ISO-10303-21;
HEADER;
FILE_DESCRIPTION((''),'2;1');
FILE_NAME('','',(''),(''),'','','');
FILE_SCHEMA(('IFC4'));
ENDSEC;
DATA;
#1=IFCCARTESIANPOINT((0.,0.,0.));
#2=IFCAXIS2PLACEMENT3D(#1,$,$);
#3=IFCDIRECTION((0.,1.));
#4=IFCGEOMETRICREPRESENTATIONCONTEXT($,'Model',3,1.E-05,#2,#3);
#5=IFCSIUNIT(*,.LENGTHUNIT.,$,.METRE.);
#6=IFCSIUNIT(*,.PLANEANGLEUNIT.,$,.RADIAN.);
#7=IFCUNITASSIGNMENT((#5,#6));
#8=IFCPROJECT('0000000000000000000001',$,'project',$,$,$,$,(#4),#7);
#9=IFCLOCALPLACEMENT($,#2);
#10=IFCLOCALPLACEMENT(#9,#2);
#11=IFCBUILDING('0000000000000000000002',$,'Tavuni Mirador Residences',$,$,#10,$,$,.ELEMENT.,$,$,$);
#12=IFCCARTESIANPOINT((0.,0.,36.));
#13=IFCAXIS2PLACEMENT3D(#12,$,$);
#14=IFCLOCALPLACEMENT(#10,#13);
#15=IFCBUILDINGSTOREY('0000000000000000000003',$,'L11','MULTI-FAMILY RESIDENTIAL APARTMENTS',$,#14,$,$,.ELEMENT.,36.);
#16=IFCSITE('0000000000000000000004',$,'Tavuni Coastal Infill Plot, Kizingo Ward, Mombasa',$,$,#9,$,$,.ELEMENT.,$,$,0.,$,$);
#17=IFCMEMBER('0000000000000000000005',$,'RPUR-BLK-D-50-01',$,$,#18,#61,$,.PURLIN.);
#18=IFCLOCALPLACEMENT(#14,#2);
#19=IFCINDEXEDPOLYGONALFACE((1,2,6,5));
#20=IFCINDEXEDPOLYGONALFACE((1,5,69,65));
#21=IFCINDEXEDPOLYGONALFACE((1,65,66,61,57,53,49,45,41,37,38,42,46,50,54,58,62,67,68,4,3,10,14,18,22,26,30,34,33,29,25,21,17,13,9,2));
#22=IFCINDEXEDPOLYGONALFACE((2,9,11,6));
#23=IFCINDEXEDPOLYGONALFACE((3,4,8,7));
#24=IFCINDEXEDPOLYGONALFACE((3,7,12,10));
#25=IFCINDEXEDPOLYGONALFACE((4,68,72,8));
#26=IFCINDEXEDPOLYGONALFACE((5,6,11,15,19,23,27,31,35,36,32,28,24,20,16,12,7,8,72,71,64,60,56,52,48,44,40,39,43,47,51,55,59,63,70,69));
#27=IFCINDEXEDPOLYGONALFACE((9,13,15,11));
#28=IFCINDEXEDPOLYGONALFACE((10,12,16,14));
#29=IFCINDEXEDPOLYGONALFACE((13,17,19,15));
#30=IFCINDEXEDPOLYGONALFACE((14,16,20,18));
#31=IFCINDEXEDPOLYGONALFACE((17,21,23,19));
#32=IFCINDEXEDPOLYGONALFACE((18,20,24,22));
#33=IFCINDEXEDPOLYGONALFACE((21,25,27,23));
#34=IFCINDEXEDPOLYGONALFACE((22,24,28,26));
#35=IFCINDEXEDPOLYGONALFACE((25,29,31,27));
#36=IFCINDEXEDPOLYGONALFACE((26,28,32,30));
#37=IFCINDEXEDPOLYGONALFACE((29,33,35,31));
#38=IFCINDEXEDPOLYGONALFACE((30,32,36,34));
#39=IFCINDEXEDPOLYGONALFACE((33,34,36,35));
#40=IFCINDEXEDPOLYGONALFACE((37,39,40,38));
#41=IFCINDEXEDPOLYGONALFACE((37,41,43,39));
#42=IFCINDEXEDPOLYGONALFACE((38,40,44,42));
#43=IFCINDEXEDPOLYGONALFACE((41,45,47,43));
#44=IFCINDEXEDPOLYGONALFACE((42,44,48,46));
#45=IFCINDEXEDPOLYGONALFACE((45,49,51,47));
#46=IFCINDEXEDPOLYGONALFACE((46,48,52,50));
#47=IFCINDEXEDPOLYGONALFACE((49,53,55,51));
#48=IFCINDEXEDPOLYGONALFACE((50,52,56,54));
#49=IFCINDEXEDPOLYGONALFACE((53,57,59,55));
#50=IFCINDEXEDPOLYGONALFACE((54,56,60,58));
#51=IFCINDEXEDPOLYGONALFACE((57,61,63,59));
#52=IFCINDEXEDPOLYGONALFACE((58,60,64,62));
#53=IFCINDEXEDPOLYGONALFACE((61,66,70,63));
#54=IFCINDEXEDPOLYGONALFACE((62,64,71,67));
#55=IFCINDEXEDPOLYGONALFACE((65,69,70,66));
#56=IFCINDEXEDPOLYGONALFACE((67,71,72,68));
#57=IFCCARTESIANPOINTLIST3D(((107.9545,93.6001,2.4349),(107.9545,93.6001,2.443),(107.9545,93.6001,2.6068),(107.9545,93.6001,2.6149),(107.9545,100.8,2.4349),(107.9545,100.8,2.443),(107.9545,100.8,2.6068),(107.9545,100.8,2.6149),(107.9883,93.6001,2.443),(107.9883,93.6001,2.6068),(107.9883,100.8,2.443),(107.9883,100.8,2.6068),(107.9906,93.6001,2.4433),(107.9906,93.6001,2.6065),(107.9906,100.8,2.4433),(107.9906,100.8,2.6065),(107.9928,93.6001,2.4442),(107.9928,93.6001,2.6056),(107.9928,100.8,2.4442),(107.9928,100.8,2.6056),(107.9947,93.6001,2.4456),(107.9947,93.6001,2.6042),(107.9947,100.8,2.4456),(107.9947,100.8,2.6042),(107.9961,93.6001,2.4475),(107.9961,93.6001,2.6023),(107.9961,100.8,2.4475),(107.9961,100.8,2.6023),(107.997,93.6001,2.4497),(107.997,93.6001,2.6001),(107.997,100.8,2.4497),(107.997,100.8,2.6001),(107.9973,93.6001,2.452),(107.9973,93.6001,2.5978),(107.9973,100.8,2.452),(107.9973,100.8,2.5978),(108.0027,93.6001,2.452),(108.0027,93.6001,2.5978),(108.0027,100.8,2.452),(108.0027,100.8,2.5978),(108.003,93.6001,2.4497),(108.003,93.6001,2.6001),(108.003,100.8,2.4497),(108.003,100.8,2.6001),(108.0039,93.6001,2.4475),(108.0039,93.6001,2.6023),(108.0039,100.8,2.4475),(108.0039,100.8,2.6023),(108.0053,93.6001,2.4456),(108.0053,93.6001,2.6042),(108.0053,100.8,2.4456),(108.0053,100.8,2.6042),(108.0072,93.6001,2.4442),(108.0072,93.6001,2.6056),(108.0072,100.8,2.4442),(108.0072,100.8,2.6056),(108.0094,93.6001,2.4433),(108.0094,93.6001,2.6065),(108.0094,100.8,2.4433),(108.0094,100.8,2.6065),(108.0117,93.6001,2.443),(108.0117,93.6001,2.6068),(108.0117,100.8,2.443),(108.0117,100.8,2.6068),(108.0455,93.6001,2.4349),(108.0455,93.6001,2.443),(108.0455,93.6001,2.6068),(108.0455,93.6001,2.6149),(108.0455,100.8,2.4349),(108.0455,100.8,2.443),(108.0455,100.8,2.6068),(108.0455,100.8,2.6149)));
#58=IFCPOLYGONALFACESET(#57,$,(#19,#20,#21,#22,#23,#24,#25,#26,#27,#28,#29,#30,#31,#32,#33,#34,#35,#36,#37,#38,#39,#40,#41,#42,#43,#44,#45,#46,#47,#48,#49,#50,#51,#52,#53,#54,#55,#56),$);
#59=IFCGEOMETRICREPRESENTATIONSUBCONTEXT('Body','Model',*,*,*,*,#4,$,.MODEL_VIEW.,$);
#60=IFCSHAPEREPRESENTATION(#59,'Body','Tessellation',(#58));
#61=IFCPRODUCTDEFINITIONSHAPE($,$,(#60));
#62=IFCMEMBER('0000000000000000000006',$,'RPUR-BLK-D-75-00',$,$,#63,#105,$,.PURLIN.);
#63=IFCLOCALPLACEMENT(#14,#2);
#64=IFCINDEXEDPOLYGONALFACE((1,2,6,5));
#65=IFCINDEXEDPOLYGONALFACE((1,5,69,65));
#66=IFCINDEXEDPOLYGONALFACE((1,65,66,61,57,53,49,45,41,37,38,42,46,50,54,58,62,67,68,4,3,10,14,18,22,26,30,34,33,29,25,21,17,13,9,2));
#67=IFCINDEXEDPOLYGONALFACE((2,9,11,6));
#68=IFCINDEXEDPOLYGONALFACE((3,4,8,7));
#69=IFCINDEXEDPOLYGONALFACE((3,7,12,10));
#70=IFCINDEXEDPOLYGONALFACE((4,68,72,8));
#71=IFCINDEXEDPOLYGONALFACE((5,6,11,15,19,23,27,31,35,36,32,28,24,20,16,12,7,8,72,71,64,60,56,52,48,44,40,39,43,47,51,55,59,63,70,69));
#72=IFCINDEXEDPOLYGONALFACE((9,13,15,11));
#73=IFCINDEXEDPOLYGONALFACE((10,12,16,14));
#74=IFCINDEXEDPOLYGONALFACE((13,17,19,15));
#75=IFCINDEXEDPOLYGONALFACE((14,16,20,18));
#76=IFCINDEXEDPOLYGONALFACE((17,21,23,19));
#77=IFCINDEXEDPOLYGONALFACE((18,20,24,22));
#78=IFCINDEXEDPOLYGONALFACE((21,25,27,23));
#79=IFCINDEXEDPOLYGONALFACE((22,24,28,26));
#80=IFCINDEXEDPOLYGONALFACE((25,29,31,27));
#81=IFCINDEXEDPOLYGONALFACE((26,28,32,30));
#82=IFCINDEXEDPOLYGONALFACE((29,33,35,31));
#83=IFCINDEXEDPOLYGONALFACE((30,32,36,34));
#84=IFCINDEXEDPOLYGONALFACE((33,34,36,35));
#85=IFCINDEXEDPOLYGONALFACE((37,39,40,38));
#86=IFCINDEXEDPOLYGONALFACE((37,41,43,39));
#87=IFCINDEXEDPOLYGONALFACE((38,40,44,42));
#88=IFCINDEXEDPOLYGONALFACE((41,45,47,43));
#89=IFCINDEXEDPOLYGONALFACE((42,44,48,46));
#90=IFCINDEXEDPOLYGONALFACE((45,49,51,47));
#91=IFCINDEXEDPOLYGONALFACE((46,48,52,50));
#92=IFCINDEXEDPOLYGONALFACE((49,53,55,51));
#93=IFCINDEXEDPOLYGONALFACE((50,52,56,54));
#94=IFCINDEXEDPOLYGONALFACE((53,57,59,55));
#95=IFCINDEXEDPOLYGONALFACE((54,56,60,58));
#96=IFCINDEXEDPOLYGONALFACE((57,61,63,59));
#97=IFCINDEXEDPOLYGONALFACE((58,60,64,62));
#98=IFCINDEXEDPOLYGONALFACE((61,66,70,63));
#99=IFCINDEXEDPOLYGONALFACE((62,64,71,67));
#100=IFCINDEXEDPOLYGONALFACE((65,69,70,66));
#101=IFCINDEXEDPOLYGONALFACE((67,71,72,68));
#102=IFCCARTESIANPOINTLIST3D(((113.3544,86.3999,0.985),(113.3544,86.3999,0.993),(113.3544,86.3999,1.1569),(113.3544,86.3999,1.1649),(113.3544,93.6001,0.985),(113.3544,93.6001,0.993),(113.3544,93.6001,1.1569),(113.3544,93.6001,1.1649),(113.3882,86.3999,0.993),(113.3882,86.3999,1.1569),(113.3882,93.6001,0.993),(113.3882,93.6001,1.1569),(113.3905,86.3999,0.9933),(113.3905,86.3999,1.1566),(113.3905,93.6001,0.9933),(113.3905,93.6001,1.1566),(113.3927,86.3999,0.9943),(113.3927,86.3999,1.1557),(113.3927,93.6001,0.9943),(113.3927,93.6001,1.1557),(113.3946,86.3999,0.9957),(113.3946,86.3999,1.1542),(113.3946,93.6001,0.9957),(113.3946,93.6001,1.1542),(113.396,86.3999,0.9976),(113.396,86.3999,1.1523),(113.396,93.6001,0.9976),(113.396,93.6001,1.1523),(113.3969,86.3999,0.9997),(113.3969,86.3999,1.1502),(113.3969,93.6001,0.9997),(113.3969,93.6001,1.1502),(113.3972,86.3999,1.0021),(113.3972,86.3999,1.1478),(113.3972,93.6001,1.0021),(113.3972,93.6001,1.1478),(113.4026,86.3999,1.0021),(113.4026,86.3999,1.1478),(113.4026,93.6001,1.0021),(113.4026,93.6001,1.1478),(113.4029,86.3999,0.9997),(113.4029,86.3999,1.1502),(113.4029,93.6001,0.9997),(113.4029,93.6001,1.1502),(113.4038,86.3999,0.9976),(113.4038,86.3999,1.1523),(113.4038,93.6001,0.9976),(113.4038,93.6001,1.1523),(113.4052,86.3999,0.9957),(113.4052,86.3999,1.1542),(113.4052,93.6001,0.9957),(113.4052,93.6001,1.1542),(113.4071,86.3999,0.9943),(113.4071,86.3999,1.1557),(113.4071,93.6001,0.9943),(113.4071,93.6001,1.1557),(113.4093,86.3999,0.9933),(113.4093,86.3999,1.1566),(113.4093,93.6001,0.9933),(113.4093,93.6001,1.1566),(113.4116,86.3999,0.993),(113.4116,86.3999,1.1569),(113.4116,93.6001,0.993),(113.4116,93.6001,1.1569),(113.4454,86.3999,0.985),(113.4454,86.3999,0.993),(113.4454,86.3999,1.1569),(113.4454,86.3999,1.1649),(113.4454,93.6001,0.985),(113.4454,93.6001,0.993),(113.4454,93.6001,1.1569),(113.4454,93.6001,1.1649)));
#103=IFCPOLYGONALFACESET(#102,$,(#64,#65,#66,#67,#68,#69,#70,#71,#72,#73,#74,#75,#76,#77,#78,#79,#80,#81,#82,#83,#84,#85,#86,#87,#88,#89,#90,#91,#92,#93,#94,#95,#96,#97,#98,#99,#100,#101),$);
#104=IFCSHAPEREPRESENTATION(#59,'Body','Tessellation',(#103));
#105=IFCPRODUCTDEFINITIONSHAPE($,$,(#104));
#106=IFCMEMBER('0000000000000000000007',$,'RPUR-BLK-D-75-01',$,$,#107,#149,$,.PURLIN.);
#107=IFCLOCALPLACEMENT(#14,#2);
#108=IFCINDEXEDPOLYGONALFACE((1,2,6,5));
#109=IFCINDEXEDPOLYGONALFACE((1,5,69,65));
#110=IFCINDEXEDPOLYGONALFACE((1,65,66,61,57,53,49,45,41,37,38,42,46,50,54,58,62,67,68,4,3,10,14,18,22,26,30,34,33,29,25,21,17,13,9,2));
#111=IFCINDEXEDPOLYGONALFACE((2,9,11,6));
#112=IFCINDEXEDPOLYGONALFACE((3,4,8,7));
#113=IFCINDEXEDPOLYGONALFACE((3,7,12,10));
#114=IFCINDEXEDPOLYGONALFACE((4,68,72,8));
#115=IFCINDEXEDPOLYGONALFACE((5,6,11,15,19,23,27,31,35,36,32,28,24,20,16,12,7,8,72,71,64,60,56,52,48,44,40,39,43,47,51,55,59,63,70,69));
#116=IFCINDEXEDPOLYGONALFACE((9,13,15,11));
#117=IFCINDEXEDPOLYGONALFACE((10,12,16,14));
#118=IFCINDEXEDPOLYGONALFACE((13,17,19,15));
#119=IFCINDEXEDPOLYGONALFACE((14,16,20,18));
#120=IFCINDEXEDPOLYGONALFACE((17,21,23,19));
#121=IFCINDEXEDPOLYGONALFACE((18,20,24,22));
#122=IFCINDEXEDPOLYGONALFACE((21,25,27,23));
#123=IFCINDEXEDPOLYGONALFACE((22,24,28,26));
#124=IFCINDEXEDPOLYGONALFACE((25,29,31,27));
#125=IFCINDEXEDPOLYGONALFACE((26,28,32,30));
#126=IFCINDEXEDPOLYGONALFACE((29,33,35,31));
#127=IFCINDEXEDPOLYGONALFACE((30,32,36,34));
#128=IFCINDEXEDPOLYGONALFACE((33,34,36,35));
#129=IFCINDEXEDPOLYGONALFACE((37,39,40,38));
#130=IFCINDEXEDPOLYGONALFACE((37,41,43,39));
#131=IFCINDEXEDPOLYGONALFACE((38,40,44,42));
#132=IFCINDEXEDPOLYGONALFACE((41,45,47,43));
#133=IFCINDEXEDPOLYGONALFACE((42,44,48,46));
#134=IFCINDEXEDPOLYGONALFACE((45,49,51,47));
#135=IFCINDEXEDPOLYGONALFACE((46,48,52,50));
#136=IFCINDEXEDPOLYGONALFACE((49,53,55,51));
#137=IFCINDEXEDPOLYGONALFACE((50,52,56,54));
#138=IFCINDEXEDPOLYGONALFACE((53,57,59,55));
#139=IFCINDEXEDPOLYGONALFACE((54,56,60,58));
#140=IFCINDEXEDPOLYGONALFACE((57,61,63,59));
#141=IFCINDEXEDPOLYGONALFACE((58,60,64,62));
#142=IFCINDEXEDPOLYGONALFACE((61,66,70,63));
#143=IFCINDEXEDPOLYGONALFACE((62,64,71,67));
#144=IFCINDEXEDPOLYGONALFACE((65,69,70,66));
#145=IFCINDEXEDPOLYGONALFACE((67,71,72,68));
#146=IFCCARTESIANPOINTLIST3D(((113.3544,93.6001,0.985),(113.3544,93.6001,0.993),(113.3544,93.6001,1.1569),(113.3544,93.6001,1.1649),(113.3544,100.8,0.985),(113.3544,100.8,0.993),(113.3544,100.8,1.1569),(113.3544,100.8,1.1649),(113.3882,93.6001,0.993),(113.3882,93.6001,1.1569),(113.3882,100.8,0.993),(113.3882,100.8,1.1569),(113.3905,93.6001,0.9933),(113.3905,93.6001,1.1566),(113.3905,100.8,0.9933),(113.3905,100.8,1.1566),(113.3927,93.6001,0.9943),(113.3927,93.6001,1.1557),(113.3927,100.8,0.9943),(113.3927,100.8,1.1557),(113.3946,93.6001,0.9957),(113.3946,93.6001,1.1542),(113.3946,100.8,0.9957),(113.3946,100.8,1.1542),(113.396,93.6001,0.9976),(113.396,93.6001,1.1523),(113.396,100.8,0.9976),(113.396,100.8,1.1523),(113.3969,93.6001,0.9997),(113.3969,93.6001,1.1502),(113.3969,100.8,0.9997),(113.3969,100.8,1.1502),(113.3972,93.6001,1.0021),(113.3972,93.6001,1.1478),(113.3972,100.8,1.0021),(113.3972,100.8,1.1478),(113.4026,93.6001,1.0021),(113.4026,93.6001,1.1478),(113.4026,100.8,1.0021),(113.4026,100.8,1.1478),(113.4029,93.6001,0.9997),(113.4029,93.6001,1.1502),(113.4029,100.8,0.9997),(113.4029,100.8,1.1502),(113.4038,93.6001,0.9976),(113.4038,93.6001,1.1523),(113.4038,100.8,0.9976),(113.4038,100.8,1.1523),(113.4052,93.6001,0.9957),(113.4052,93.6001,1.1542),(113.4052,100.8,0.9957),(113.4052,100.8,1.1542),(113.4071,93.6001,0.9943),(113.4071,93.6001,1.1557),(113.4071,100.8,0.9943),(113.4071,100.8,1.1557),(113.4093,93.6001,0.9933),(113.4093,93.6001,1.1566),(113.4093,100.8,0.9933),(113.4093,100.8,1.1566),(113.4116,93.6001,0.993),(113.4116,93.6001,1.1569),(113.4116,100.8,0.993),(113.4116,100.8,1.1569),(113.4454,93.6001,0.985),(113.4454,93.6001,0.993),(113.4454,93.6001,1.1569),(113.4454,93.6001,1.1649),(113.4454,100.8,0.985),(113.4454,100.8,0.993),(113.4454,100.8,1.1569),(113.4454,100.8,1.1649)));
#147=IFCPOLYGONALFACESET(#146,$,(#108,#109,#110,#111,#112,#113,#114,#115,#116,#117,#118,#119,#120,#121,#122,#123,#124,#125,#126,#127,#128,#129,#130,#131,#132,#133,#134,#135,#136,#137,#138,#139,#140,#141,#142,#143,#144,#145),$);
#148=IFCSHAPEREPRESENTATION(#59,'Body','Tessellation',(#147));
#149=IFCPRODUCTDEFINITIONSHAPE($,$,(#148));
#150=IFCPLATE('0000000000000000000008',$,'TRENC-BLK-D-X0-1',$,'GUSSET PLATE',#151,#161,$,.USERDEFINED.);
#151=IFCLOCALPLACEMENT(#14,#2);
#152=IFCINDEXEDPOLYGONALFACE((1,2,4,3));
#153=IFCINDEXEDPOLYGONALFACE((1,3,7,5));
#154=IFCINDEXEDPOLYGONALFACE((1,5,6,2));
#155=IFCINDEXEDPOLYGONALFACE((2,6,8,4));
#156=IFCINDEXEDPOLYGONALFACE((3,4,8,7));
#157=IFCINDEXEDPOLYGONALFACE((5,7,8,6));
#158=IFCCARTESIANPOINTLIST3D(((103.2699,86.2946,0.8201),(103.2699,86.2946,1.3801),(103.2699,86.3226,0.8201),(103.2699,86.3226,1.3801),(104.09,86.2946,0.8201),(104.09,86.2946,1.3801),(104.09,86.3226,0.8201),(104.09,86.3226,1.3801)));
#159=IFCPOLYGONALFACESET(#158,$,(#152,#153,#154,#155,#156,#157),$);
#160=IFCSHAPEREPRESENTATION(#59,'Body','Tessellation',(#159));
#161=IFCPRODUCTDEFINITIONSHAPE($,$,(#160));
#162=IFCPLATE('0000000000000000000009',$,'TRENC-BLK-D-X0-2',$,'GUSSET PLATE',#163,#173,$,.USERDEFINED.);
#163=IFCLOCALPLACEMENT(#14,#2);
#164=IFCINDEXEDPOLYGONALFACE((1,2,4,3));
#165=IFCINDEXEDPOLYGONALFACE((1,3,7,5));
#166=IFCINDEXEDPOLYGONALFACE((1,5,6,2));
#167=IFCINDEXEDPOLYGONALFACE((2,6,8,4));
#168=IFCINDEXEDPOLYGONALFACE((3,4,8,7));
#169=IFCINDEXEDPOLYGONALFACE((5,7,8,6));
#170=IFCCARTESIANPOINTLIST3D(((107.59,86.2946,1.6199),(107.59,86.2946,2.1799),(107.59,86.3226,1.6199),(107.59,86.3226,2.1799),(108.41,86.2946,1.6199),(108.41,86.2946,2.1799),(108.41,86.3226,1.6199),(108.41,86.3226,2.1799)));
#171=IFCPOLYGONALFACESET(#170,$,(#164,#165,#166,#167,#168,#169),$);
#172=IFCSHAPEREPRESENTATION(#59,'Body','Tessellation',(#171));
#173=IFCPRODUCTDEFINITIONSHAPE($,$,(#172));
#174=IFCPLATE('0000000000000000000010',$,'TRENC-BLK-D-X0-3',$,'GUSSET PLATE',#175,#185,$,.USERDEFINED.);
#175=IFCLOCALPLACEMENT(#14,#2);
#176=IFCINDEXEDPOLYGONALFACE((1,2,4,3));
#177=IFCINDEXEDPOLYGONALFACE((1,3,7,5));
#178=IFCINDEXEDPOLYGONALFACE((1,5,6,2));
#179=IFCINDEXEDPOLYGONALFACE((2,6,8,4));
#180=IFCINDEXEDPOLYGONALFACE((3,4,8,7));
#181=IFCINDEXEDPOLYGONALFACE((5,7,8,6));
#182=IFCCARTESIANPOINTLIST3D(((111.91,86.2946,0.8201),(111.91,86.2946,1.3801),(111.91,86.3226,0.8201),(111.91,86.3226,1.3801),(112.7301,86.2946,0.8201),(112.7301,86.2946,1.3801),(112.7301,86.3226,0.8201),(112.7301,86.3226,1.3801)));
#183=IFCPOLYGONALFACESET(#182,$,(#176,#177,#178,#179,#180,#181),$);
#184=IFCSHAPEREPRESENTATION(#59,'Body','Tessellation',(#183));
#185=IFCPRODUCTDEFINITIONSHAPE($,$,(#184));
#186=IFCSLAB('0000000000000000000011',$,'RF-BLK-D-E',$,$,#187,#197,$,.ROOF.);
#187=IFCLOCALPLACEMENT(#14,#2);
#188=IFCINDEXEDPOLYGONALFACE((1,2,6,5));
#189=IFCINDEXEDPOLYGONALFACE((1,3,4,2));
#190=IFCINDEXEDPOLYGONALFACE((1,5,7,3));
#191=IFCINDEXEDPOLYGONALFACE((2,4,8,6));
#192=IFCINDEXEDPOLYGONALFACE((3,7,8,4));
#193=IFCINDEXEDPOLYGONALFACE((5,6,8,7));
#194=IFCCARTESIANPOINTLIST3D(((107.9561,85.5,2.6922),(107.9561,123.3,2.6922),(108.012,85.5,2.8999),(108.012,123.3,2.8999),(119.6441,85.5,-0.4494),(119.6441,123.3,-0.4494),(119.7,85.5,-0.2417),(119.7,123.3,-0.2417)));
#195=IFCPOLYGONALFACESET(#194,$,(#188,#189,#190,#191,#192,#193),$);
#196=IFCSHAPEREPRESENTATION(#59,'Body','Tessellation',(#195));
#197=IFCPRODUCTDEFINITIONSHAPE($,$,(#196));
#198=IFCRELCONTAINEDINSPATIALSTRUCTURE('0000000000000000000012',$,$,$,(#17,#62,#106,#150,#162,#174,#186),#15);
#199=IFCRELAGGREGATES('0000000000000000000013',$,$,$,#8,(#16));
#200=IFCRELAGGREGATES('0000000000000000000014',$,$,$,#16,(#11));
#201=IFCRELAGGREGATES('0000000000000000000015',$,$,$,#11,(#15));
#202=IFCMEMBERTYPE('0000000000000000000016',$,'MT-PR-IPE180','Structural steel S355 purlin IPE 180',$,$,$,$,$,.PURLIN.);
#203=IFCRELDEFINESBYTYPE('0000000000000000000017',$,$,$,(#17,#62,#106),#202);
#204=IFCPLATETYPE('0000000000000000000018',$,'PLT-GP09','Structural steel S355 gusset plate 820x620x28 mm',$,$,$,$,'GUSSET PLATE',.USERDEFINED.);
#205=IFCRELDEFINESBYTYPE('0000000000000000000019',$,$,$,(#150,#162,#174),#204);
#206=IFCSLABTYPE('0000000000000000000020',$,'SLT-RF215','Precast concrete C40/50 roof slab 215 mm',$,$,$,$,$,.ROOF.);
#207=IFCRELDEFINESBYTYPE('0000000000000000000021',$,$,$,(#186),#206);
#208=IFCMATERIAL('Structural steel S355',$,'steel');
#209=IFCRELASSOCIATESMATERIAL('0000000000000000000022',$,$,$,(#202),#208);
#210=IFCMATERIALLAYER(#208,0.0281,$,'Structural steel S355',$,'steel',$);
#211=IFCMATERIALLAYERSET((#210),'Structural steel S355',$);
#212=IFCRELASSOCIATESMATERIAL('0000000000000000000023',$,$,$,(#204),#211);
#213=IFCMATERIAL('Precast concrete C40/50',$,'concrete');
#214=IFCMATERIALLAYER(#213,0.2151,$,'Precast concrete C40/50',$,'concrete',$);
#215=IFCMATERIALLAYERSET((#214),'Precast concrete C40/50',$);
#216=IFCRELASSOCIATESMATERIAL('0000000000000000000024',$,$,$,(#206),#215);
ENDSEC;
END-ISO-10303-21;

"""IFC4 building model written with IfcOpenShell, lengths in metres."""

from ifc_helpers import new_model, si_unit, direction, frame, origin, origin_2d, place, context, subcontext, project, spatial, polyline, rectangle, i_section, outline, extrude, material, layer, layer_set, material_profile, profile_set, type_object, element, save


model = new_model("IFC4")

# Units and contexts
model_context = context("Model", 3, precision=1e-05, world=origin(), true_north=direction((0.0, 1.0)))
body_context = subcontext(model_context, "Body", "Model", "MODEL_VIEW")
ifc_project = project(units=[si_unit("LENGTHUNIT", "METRE"), si_unit("PLANEANGLEUNIT", "RADIAN")], contexts=[model_context])

# Site, building, storey
site_placement = place(None, origin())
site = spatial("IfcSite", under=ifc_project, at=site_placement, Name="Tavuni Coastal Infill Plot, Kizingo Ward, Mombasa", CompositionType="ELEMENT", RefElevation=0.0)
building_placement = place(site_placement, origin())
building = spatial("IfcBuilding", under=site, at=building_placement, Name="Tavuni Mirador Residences", CompositionType="ELEMENT")
storey_placement = place(building_placement, frame((0.0, 0.0, 36.0)))
storey = spatial("IfcBuildingStorey", under=building, at=storey_placement, Name="L11", Description="MULTI-FAMILY RESIDENTIAL APARTMENTS", CompositionType="ELEMENT", Elevation=36.0)

# Members
ifc_material_1 = material(Name="Structural steel S355", Category="steel")
ifc_material_profile_1 = material_profile(ifc_material_1, i_section(OverallWidth=0.0911, OverallDepth=0.1799, WebThickness=0.0054, FlangeThickness=0.0081, FilletRadius=0.009, at=origin_2d()), Name="IPE 180", Category="steel")
ifc_profile_set_1 = profile_set([ifc_material_profile_1], Name="Structural steel S355")
member_type_1 = type_object("IfcMemberType", Name="MT-PR-IPE180", Description="Structural steel S355 purlin IPE 180", PredefinedType="PURLIN", material=ifc_profile_set_1)
member_1_placement = place(storey_placement, frame((108.0, 93.6001, 2.5249), z_axis=(0.0, 1.0, 0.0), x_axis=(-1.0, 0.0, 0.0)))
element("IfcMember", 1, at=member_1_placement, inside=storey, type_object=member_type_1, Name="RPUR-BLK-D-50-01", PredefinedType="PURLIN", context=body_context, shape_type="SweptSolid", body=[
    extrude(i_section(OverallWidth=0.0911, OverallDepth=0.1799, WebThickness=0.0054, FlangeThickness=0.0081, FilletRadius=0.009, at=origin_2d()), origin(), (0.0, 0.0, 1.0), 7.2),
])
member_2_placement = place(storey_placement, frame((113.3999, 86.3999, 1.075), z_axis=(0.0, 1.0, 0.0), x_axis=(-1.0, 0.0, 0.0)))
element("IfcMember", 2, at=member_2_placement, inside=storey, type_object=member_type_1, Name="RPUR-BLK-D-75-00", PredefinedType="PURLIN", context=body_context, shape_type="SweptSolid", body=[
    extrude(i_section(OverallWidth=0.0911, OverallDepth=0.1799, WebThickness=0.0054, FlangeThickness=0.0081, FilletRadius=0.009, at=origin_2d()), origin(), (0.0, 0.0, 1.0), 7.2002),
])
member_3_placement = place(storey_placement, frame((113.3999, 93.6001, 1.075), z_axis=(0.0, 1.0, 0.0), x_axis=(-1.0, 0.0, 0.0)))
element("IfcMember", 3, at=member_3_placement, inside=storey, type_object=member_type_1, Name="RPUR-BLK-D-75-01", PredefinedType="PURLIN", context=body_context, shape_type="SweptSolid", body=[
    extrude(i_section(OverallWidth=0.0911, OverallDepth=0.1799, WebThickness=0.0054, FlangeThickness=0.0081, FilletRadius=0.009, at=origin_2d()), origin(), (0.0, 0.0, 1.0), 7.2),
])

# Plates
ifc_layer_1 = layer(ifc_material_1, 0.0281, Name="Structural steel S355", Category="steel")
ifc_layer_set_1 = layer_set([ifc_layer_1], Name="Structural steel S355")
plate_type = type_object("IfcPlateType", Name="PLT-GP09", Description="Structural steel S355 gusset plate 820x620x28 mm", ElementType="GUSSET PLATE", PredefinedType="USERDEFINED", material=ifc_layer_set_1)
for number, where, z_axis, x_axis, name in (
    (4, (103.6799, 86.3086, 0.8201), (0.0, 0.0, 1.0), (1.0, 0.0, 0.0), "TRENC-BLK-D-X0-1"),
    (5, (108.0, 86.3086, 1.6199), (0.0, 0.0, 1.0), (1.0, 0.0, 0.0), "TRENC-BLK-D-X0-2"),
    (6, (112.3201, 86.3086, 0.8201), (0.0, 0.0, 1.0), (1.0, 0.0, 0.0), "TRENC-BLK-D-X0-3"),
):
    element("IfcPlate", number, at=place(storey_placement, frame(where, z_axis=z_axis, x_axis=x_axis)), inside=storey, type_object=plate_type, Name=name, ObjectType="GUSSET PLATE", PredefinedType="USERDEFINED", context=body_context, shape_type="SweptSolid", body=[
        extrude(rectangle(XDim=0.8201, YDim=0.0281, at=origin_2d()), origin(), (0.0, 0.0, 1.0), 0.5601),
    ])

# Slab
ifc_material_2 = material(Name="Precast concrete C40/50", Category="concrete")
ifc_layer_2 = layer(ifc_material_2, 0.2151, Name="Precast concrete C40/50", Category="concrete")
ifc_layer_set_2 = layer_set([ifc_layer_2], Name="Precast concrete C40/50")
slab_type = type_object("IfcSlabType", Name="SLT-RF215", Description="Precast concrete C40/50 roof slab 215 mm", PredefinedType="ROOF", material=ifc_layer_set_2)
slab_placement = place(storey_placement, frame((108.012, 85.5, 2.8999), z_axis=(0.259576, 0.0, 0.965723), x_axis=(0.965723, 0.0, -0.259576)))
element("IfcSlab", 7, at=slab_placement, inside=storey, type_object=slab_type, Name="RF-BLK-D-E", PredefinedType="ROOF", context=body_context, shape_type="SweptSolid", body=[
    extrude(outline(polyline([(0.0, 0.0), (12.1028, 0.0), (12.1028, 37.8), (0.0, 37.8), (0.0, 0.0)])), origin(), (0.0, 0.0, -1.0), 0.2151),
])

save(model, "model.ifc")
